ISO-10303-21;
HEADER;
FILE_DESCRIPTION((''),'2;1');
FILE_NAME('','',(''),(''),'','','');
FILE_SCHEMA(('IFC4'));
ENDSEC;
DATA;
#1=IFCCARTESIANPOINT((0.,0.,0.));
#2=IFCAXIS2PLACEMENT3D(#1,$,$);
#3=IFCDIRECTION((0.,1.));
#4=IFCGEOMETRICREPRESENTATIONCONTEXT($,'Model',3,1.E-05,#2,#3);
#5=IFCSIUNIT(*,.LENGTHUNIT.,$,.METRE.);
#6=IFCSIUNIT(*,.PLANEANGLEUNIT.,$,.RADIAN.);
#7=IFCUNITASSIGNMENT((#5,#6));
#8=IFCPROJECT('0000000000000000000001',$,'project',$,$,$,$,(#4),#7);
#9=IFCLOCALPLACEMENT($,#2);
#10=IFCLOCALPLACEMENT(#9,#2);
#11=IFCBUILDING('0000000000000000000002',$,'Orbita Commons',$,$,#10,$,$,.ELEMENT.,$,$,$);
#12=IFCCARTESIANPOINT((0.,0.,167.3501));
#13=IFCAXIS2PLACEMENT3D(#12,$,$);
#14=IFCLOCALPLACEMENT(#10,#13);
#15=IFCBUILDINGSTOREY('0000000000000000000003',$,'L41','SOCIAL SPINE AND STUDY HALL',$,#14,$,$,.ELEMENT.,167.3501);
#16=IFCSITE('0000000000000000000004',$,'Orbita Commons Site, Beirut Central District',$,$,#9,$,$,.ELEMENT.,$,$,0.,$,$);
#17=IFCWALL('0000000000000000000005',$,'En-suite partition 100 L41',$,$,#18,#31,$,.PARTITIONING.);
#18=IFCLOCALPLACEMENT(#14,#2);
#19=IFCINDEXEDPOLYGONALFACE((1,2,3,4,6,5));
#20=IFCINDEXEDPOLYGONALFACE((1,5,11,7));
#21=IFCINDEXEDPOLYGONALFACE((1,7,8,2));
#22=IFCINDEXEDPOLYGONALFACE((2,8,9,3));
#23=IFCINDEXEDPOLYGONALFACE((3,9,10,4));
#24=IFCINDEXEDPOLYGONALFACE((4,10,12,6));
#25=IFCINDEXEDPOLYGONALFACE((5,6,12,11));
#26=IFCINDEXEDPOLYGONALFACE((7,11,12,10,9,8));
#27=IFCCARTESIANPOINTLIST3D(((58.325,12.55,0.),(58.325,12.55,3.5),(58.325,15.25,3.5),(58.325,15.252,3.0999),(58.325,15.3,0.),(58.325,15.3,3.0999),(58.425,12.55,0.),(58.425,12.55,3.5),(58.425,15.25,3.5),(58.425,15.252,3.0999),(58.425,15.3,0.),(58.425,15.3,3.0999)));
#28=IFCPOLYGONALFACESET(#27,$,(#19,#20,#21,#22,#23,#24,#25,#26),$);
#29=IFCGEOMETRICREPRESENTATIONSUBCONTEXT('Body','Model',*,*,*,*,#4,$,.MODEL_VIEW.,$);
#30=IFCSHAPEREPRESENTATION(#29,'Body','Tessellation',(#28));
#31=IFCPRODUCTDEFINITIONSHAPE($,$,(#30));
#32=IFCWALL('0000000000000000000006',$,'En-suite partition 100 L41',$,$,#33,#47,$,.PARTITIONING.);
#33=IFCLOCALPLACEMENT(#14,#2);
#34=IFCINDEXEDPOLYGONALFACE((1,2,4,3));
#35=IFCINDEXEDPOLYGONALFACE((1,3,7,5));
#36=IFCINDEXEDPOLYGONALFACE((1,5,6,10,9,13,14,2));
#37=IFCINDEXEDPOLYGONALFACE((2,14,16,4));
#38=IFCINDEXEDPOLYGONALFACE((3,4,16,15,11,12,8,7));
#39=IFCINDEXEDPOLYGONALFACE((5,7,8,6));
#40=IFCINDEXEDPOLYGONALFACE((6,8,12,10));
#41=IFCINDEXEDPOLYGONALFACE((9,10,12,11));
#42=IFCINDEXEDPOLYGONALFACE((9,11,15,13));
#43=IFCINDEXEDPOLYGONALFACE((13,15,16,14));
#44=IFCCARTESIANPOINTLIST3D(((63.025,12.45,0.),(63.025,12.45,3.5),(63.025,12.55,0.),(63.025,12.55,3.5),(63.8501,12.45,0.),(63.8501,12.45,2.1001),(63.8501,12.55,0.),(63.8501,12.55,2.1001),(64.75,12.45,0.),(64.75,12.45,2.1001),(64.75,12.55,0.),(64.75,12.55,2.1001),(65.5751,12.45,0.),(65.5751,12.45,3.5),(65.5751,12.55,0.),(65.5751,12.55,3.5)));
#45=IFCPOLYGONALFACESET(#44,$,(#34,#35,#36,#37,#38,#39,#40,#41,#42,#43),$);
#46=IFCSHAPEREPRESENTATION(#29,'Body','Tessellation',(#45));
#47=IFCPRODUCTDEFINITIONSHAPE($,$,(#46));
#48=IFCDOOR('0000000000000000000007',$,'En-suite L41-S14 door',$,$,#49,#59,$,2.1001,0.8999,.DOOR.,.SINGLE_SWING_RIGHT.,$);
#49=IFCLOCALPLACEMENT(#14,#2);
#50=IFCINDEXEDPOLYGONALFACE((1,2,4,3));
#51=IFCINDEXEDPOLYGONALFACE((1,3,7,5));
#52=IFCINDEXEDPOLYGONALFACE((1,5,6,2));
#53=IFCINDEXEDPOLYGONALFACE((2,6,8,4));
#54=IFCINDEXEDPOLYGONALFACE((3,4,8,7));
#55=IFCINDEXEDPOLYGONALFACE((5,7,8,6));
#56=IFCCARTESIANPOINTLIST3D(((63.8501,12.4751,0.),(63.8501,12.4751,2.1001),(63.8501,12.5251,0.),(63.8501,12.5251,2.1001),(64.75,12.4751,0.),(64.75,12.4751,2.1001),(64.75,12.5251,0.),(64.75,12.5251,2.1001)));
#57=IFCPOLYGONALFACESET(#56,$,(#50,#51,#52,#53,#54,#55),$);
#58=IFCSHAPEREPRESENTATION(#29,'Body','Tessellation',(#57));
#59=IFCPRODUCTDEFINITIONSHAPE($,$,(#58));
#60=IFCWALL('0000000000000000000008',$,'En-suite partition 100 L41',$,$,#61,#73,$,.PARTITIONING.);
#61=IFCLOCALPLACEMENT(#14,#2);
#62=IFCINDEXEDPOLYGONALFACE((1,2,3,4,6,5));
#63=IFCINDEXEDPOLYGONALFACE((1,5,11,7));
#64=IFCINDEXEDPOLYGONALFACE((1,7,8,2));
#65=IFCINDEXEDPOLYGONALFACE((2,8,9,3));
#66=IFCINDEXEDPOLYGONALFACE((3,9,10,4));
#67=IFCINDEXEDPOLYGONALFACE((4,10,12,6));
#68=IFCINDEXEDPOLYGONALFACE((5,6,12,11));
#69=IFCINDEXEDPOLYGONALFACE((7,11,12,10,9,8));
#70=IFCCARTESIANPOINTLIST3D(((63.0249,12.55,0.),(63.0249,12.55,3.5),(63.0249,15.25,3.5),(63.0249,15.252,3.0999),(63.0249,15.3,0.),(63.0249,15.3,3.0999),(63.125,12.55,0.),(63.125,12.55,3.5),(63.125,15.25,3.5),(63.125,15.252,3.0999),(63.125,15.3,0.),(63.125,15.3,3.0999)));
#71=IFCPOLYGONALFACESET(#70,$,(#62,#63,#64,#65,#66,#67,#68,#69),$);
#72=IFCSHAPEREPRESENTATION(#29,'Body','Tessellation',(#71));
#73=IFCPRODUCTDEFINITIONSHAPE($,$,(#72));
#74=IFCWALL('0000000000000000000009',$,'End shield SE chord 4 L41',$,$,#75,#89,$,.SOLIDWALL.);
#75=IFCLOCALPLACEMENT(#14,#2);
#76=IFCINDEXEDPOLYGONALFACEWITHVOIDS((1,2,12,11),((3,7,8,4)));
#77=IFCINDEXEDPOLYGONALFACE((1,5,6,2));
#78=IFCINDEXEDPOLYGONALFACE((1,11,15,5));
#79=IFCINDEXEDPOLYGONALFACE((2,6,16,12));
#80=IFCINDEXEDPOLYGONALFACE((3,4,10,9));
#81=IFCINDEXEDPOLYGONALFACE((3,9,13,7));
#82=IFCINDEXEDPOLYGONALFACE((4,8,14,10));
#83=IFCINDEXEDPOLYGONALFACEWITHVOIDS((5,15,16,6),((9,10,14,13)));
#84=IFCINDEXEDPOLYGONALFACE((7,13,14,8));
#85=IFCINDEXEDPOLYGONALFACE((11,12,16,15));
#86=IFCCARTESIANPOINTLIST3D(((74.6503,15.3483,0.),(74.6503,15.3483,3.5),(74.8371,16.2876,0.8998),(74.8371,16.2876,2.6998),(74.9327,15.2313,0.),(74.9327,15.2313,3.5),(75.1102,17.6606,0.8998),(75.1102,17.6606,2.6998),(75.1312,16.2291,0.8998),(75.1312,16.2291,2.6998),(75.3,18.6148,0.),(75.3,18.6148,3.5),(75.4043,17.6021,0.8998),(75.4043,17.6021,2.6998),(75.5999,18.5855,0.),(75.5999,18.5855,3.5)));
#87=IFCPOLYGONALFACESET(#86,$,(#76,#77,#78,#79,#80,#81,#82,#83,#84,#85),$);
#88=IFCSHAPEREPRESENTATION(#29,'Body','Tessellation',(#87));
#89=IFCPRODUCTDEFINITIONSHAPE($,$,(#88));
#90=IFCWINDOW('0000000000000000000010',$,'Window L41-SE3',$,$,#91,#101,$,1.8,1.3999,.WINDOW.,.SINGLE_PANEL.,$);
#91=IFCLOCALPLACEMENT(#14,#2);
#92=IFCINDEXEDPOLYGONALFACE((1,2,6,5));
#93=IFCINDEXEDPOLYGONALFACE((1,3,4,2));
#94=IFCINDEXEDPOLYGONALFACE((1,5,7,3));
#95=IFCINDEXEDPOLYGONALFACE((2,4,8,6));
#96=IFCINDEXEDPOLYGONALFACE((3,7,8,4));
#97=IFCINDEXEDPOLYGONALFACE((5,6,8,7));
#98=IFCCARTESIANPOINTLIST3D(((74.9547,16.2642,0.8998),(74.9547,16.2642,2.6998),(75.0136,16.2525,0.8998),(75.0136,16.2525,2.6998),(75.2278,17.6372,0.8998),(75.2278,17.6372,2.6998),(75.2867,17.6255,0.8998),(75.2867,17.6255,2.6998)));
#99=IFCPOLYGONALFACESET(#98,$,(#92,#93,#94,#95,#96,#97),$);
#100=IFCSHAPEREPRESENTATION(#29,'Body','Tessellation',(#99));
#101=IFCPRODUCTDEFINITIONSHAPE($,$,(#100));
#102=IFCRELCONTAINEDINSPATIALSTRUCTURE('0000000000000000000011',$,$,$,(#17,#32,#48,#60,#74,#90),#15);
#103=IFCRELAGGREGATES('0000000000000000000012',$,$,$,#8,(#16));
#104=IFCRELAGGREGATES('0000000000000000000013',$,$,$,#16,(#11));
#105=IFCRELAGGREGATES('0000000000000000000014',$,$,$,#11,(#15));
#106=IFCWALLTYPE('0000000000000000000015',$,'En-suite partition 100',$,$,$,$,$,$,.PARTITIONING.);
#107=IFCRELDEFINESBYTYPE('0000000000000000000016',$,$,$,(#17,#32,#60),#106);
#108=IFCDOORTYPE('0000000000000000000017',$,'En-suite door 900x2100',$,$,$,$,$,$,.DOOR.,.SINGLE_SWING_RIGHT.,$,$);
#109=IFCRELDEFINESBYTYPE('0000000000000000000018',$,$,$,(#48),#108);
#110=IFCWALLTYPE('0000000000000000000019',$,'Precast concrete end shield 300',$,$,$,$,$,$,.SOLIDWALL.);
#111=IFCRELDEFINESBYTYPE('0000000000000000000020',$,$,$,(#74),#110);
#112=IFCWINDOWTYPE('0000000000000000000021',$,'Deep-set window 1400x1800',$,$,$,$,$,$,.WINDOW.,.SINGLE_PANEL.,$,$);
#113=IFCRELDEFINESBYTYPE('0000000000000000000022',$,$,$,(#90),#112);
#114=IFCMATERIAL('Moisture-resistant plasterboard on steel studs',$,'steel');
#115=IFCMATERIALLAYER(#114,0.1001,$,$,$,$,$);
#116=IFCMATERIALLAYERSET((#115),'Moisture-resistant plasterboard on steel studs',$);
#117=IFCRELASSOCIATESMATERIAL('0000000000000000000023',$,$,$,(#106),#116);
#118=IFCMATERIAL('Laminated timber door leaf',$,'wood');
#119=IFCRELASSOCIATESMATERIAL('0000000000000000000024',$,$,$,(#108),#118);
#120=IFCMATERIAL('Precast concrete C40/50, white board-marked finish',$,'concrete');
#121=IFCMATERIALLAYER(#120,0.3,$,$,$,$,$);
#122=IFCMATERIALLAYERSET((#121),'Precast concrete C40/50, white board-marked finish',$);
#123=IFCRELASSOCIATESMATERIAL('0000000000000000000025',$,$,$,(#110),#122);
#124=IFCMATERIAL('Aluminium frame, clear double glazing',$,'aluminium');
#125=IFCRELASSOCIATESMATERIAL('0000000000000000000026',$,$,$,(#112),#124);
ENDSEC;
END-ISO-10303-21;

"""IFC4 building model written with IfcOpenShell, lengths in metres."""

from ifc_helpers import new_model, si_unit, direction, frame, frame_2d, origin, place, context, subcontext, project, spatial, polyline, rectangle, outline, extrude, material, layer, layer_set, type_object, element, fill, save


model = new_model("IFC4")

# Units and contexts
model_context = context("Model", 3, precision=1e-05, world=origin(), true_north=direction((0.0, 1.0)))
body_context = subcontext(model_context, "Body", "Model", "MODEL_VIEW")
ifc_project = project(units=[si_unit("LENGTHUNIT", "METRE"), si_unit("PLANEANGLEUNIT", "RADIAN")], contexts=[model_context])

# Site, building, storey
site_placement = place(None, origin())
site = spatial("IfcSite", under=ifc_project, at=site_placement, Name="Orbita Commons Site, Beirut Central District", CompositionType="ELEMENT", RefElevation=0.0)
building_placement = place(site_placement, origin())
building = spatial("IfcBuilding", under=site, at=building_placement, Name="Orbita Commons", CompositionType="ELEMENT")
storey_placement = place(building_placement, frame((0.0, 0.0, 167.3501)))
storey = spatial("IfcBuildingStorey", under=building, at=storey_placement, Name="L41", Description="SOCIAL SPINE AND STUDY HALL", CompositionType="ELEMENT", Elevation=167.3501)

# Wall
ifc_material_1 = material(Name="Moisture-resistant plasterboard on steel studs", Category="steel")
ifc_layer_1 = layer(ifc_material_1, 0.1001)
ifc_layer_set_1 = layer_set([ifc_layer_1], Name="Moisture-resistant plasterboard on steel studs")
wall_type_1 = type_object("IfcWallType", Name="En-suite partition 100", PredefinedType="PARTITIONING", material=ifc_layer_set_1)
wall_1_placement = place(storey_placement, frame((58.375, 12.55, 0.0), z_axis=(0.0, 0.0, 1.0), x_axis=(0.0, 1.0, 0.0)))
element("IfcWall", 1, at=wall_1_placement, inside=storey, type_object=wall_type_1, Name="En-suite partition 100 L41", PredefinedType="PARTITIONING", context=body_context, shape_type="SweptSolid", body=[
    extrude(outline(polyline([(0.0, 0.0), (2.75, 0.0), (2.75, 3.0999), (2.7019, 3.0999), (2.7, 3.5), (0.0, 3.5), (0.0, 0.0)])), frame((0.0, 0.05, 0.0), z_axis=(0.0, -1.0, 0.0), x_axis=(1.0, 0.0, 0.0)), (0.0, 0.0, 1.0), 0.1001),
])

# Wall, opening, door
wall_2_placement = place(storey_placement, frame((65.575, 12.5, 0.0), z_axis=(0.0, 0.0, 1.0), x_axis=(-1.0, 0.0, 0.0)))
wall_2 = element("IfcWall", 2, at=wall_2_placement, inside=storey, type_object=wall_type_1, Name="En-suite partition 100 L41", PredefinedType="PARTITIONING", context=body_context, shape_type="SweptSolid", body=[
    extrude(rectangle(XDim=2.55, YDim=0.1001, at=frame_2d((1.2749, 0.0))), origin(), (0.0, 0.0, 1.0), 3.5),
])
opening_1_placement = place(wall_2_placement, frame((0.825, 0.0, 0.0)))
opening_1 = element("IfcOpeningElement", 3, at=opening_1_placement, cuts=wall_2, PredefinedType="OPENING", context=body_context, shape_type="SweptSolid", body=[
    extrude(rectangle(XDim=0.8999, YDim=2.1001, at=frame_2d((0.45, 1.05))), frame((0.0, 0.0601, 0.0), z_axis=(0.0, -1.0, 0.0), x_axis=(1.0, 0.0, 0.0)), (0.0, 0.0, 1.0), 0.1201),
])
ifc_material_2 = material(Name="Laminated timber door leaf", Category="wood")
door_type_1 = type_object("IfcDoorType", Name="En-suite door 900x2100", OperationType="SINGLE_SWING_RIGHT", PredefinedType="DOOR", material=ifc_material_2)
door_1_placement = place(opening_1_placement, origin())
door_1 = element("IfcDoor", 4, at=door_1_placement, inside=storey, type_object=door_type_1, Name="En-suite L41-S14 door", OperationType="SINGLE_SWING_RIGHT", OverallHeight=2.1001, OverallWidth=0.8999, PredefinedType="DOOR", context=body_context, shape_type="SweptSolid", body=[
    extrude(rectangle(XDim=0.8999, YDim=2.1001, at=frame_2d((0.45, 1.05))), frame((0.0, 0.0249, 0.0), z_axis=(0.0, -1.0, 0.0), x_axis=(1.0, 0.0, 0.0)), (0.0, 0.0, 1.0), 0.05),
])
fill(opening_1, door_1)

# Wall
wall_3_placement = place(storey_placement, frame((63.075, 12.55, 0.0), z_axis=(0.0, 0.0, 1.0), x_axis=(0.0, 1.0, 0.0)))
element("IfcWall", 5, at=wall_3_placement, inside=storey, type_object=wall_type_1, Name="En-suite partition 100 L41", PredefinedType="PARTITIONING", context=body_context, shape_type="SweptSolid", body=[
    extrude(outline(polyline([(0.0, 0.0), (2.75, 0.0), (2.75, 3.0999), (2.7019, 3.0999), (2.7, 3.5), (0.0, 3.5), (0.0, 0.0)])), frame((0.0, 0.05, 0.0), z_axis=(0.0, -1.0, 0.0), x_axis=(1.0, 0.0, 0.0)), (0.0, 0.0, 1.0), 0.1001),
])

# Wall, opening, window
ifc_material_3 = material(Name="Precast concrete C40/50, white board-marked finish", Category="concrete")
ifc_layer_2 = layer(ifc_material_3, 0.3)
ifc_layer_set_2 = layer_set([ifc_layer_2], Name="Precast concrete C40/50, white board-marked finish")
wall_type_2 = type_object("IfcWallType", Name="Precast concrete end shield 300", PredefinedType="SOLIDWALL", material=ifc_layer_set_2)
wall_4_placement = place(storey_placement, frame((74.7915, 15.2898, 0.0), z_axis=(0.0, 0.0, 1.0), x_axis=(0.195087, 0.980786, 0.0)))
wall_4 = element("IfcWall", 6, at=wall_4_placement, inside=storey, type_object=wall_type_2, Name="End shield SE chord 4 L41", PredefinedType="SOLIDWALL", context=body_context, shape_type="SweptSolid", body=[
    extrude(outline(polyline([(-0.0298, -0.1499), (3.3901, -0.1499), (3.3604, 0.1499), (0.0298, 0.1499), (-0.0298, -0.1499)])), origin(), (0.0, 0.0, 1.0), 3.5),
])
opening_2_placement = place(wall_4_placement, frame((0.9875, 0.0, 0.8999)))
opening_2 = element("IfcOpeningElement", 7, at=opening_2_placement, cuts=wall_4, PredefinedType="OPENING", context=body_context, shape_type="SweptSolid", body=[
    extrude(rectangle(XDim=1.3999, YDim=1.8, at=frame_2d((0.7, 0.8999))), frame((0.0, 0.1599, 0.0), z_axis=(0.0, -1.0, 0.0), x_axis=(1.0, 0.0, 0.0)), (0.0, 0.0, 1.0), 0.3201),
])
ifc_material_4 = material(Name="Aluminium frame, clear double glazing", Category="aluminium")
window_type = type_object("IfcWindowType", Name="Deep-set window 1400x1800", PartitioningType="SINGLE_PANEL", PredefinedType="WINDOW", material=ifc_material_4)
window_placement = place(opening_2_placement, origin())
window = element("IfcWindow", 8, at=window_placement, inside=storey, type_object=window_type, Name="Window L41-SE3", OverallHeight=1.8, OverallWidth=1.3999, PartitioningType="SINGLE_PANEL", PredefinedType="WINDOW", context=body_context, shape_type="SweptSolid", body=[
    extrude(rectangle(XDim=1.3999, YDim=1.8, at=frame_2d((0.7, 0.8999))), frame((0.0, 0.03, 0.0), z_axis=(0.0, -1.0, 0.0), x_axis=(1.0, 0.0, 0.0)), (0.0, 0.0, 1.0), 0.0601),
])
fill(opening_2, window)

save(model, "model.ifc")
